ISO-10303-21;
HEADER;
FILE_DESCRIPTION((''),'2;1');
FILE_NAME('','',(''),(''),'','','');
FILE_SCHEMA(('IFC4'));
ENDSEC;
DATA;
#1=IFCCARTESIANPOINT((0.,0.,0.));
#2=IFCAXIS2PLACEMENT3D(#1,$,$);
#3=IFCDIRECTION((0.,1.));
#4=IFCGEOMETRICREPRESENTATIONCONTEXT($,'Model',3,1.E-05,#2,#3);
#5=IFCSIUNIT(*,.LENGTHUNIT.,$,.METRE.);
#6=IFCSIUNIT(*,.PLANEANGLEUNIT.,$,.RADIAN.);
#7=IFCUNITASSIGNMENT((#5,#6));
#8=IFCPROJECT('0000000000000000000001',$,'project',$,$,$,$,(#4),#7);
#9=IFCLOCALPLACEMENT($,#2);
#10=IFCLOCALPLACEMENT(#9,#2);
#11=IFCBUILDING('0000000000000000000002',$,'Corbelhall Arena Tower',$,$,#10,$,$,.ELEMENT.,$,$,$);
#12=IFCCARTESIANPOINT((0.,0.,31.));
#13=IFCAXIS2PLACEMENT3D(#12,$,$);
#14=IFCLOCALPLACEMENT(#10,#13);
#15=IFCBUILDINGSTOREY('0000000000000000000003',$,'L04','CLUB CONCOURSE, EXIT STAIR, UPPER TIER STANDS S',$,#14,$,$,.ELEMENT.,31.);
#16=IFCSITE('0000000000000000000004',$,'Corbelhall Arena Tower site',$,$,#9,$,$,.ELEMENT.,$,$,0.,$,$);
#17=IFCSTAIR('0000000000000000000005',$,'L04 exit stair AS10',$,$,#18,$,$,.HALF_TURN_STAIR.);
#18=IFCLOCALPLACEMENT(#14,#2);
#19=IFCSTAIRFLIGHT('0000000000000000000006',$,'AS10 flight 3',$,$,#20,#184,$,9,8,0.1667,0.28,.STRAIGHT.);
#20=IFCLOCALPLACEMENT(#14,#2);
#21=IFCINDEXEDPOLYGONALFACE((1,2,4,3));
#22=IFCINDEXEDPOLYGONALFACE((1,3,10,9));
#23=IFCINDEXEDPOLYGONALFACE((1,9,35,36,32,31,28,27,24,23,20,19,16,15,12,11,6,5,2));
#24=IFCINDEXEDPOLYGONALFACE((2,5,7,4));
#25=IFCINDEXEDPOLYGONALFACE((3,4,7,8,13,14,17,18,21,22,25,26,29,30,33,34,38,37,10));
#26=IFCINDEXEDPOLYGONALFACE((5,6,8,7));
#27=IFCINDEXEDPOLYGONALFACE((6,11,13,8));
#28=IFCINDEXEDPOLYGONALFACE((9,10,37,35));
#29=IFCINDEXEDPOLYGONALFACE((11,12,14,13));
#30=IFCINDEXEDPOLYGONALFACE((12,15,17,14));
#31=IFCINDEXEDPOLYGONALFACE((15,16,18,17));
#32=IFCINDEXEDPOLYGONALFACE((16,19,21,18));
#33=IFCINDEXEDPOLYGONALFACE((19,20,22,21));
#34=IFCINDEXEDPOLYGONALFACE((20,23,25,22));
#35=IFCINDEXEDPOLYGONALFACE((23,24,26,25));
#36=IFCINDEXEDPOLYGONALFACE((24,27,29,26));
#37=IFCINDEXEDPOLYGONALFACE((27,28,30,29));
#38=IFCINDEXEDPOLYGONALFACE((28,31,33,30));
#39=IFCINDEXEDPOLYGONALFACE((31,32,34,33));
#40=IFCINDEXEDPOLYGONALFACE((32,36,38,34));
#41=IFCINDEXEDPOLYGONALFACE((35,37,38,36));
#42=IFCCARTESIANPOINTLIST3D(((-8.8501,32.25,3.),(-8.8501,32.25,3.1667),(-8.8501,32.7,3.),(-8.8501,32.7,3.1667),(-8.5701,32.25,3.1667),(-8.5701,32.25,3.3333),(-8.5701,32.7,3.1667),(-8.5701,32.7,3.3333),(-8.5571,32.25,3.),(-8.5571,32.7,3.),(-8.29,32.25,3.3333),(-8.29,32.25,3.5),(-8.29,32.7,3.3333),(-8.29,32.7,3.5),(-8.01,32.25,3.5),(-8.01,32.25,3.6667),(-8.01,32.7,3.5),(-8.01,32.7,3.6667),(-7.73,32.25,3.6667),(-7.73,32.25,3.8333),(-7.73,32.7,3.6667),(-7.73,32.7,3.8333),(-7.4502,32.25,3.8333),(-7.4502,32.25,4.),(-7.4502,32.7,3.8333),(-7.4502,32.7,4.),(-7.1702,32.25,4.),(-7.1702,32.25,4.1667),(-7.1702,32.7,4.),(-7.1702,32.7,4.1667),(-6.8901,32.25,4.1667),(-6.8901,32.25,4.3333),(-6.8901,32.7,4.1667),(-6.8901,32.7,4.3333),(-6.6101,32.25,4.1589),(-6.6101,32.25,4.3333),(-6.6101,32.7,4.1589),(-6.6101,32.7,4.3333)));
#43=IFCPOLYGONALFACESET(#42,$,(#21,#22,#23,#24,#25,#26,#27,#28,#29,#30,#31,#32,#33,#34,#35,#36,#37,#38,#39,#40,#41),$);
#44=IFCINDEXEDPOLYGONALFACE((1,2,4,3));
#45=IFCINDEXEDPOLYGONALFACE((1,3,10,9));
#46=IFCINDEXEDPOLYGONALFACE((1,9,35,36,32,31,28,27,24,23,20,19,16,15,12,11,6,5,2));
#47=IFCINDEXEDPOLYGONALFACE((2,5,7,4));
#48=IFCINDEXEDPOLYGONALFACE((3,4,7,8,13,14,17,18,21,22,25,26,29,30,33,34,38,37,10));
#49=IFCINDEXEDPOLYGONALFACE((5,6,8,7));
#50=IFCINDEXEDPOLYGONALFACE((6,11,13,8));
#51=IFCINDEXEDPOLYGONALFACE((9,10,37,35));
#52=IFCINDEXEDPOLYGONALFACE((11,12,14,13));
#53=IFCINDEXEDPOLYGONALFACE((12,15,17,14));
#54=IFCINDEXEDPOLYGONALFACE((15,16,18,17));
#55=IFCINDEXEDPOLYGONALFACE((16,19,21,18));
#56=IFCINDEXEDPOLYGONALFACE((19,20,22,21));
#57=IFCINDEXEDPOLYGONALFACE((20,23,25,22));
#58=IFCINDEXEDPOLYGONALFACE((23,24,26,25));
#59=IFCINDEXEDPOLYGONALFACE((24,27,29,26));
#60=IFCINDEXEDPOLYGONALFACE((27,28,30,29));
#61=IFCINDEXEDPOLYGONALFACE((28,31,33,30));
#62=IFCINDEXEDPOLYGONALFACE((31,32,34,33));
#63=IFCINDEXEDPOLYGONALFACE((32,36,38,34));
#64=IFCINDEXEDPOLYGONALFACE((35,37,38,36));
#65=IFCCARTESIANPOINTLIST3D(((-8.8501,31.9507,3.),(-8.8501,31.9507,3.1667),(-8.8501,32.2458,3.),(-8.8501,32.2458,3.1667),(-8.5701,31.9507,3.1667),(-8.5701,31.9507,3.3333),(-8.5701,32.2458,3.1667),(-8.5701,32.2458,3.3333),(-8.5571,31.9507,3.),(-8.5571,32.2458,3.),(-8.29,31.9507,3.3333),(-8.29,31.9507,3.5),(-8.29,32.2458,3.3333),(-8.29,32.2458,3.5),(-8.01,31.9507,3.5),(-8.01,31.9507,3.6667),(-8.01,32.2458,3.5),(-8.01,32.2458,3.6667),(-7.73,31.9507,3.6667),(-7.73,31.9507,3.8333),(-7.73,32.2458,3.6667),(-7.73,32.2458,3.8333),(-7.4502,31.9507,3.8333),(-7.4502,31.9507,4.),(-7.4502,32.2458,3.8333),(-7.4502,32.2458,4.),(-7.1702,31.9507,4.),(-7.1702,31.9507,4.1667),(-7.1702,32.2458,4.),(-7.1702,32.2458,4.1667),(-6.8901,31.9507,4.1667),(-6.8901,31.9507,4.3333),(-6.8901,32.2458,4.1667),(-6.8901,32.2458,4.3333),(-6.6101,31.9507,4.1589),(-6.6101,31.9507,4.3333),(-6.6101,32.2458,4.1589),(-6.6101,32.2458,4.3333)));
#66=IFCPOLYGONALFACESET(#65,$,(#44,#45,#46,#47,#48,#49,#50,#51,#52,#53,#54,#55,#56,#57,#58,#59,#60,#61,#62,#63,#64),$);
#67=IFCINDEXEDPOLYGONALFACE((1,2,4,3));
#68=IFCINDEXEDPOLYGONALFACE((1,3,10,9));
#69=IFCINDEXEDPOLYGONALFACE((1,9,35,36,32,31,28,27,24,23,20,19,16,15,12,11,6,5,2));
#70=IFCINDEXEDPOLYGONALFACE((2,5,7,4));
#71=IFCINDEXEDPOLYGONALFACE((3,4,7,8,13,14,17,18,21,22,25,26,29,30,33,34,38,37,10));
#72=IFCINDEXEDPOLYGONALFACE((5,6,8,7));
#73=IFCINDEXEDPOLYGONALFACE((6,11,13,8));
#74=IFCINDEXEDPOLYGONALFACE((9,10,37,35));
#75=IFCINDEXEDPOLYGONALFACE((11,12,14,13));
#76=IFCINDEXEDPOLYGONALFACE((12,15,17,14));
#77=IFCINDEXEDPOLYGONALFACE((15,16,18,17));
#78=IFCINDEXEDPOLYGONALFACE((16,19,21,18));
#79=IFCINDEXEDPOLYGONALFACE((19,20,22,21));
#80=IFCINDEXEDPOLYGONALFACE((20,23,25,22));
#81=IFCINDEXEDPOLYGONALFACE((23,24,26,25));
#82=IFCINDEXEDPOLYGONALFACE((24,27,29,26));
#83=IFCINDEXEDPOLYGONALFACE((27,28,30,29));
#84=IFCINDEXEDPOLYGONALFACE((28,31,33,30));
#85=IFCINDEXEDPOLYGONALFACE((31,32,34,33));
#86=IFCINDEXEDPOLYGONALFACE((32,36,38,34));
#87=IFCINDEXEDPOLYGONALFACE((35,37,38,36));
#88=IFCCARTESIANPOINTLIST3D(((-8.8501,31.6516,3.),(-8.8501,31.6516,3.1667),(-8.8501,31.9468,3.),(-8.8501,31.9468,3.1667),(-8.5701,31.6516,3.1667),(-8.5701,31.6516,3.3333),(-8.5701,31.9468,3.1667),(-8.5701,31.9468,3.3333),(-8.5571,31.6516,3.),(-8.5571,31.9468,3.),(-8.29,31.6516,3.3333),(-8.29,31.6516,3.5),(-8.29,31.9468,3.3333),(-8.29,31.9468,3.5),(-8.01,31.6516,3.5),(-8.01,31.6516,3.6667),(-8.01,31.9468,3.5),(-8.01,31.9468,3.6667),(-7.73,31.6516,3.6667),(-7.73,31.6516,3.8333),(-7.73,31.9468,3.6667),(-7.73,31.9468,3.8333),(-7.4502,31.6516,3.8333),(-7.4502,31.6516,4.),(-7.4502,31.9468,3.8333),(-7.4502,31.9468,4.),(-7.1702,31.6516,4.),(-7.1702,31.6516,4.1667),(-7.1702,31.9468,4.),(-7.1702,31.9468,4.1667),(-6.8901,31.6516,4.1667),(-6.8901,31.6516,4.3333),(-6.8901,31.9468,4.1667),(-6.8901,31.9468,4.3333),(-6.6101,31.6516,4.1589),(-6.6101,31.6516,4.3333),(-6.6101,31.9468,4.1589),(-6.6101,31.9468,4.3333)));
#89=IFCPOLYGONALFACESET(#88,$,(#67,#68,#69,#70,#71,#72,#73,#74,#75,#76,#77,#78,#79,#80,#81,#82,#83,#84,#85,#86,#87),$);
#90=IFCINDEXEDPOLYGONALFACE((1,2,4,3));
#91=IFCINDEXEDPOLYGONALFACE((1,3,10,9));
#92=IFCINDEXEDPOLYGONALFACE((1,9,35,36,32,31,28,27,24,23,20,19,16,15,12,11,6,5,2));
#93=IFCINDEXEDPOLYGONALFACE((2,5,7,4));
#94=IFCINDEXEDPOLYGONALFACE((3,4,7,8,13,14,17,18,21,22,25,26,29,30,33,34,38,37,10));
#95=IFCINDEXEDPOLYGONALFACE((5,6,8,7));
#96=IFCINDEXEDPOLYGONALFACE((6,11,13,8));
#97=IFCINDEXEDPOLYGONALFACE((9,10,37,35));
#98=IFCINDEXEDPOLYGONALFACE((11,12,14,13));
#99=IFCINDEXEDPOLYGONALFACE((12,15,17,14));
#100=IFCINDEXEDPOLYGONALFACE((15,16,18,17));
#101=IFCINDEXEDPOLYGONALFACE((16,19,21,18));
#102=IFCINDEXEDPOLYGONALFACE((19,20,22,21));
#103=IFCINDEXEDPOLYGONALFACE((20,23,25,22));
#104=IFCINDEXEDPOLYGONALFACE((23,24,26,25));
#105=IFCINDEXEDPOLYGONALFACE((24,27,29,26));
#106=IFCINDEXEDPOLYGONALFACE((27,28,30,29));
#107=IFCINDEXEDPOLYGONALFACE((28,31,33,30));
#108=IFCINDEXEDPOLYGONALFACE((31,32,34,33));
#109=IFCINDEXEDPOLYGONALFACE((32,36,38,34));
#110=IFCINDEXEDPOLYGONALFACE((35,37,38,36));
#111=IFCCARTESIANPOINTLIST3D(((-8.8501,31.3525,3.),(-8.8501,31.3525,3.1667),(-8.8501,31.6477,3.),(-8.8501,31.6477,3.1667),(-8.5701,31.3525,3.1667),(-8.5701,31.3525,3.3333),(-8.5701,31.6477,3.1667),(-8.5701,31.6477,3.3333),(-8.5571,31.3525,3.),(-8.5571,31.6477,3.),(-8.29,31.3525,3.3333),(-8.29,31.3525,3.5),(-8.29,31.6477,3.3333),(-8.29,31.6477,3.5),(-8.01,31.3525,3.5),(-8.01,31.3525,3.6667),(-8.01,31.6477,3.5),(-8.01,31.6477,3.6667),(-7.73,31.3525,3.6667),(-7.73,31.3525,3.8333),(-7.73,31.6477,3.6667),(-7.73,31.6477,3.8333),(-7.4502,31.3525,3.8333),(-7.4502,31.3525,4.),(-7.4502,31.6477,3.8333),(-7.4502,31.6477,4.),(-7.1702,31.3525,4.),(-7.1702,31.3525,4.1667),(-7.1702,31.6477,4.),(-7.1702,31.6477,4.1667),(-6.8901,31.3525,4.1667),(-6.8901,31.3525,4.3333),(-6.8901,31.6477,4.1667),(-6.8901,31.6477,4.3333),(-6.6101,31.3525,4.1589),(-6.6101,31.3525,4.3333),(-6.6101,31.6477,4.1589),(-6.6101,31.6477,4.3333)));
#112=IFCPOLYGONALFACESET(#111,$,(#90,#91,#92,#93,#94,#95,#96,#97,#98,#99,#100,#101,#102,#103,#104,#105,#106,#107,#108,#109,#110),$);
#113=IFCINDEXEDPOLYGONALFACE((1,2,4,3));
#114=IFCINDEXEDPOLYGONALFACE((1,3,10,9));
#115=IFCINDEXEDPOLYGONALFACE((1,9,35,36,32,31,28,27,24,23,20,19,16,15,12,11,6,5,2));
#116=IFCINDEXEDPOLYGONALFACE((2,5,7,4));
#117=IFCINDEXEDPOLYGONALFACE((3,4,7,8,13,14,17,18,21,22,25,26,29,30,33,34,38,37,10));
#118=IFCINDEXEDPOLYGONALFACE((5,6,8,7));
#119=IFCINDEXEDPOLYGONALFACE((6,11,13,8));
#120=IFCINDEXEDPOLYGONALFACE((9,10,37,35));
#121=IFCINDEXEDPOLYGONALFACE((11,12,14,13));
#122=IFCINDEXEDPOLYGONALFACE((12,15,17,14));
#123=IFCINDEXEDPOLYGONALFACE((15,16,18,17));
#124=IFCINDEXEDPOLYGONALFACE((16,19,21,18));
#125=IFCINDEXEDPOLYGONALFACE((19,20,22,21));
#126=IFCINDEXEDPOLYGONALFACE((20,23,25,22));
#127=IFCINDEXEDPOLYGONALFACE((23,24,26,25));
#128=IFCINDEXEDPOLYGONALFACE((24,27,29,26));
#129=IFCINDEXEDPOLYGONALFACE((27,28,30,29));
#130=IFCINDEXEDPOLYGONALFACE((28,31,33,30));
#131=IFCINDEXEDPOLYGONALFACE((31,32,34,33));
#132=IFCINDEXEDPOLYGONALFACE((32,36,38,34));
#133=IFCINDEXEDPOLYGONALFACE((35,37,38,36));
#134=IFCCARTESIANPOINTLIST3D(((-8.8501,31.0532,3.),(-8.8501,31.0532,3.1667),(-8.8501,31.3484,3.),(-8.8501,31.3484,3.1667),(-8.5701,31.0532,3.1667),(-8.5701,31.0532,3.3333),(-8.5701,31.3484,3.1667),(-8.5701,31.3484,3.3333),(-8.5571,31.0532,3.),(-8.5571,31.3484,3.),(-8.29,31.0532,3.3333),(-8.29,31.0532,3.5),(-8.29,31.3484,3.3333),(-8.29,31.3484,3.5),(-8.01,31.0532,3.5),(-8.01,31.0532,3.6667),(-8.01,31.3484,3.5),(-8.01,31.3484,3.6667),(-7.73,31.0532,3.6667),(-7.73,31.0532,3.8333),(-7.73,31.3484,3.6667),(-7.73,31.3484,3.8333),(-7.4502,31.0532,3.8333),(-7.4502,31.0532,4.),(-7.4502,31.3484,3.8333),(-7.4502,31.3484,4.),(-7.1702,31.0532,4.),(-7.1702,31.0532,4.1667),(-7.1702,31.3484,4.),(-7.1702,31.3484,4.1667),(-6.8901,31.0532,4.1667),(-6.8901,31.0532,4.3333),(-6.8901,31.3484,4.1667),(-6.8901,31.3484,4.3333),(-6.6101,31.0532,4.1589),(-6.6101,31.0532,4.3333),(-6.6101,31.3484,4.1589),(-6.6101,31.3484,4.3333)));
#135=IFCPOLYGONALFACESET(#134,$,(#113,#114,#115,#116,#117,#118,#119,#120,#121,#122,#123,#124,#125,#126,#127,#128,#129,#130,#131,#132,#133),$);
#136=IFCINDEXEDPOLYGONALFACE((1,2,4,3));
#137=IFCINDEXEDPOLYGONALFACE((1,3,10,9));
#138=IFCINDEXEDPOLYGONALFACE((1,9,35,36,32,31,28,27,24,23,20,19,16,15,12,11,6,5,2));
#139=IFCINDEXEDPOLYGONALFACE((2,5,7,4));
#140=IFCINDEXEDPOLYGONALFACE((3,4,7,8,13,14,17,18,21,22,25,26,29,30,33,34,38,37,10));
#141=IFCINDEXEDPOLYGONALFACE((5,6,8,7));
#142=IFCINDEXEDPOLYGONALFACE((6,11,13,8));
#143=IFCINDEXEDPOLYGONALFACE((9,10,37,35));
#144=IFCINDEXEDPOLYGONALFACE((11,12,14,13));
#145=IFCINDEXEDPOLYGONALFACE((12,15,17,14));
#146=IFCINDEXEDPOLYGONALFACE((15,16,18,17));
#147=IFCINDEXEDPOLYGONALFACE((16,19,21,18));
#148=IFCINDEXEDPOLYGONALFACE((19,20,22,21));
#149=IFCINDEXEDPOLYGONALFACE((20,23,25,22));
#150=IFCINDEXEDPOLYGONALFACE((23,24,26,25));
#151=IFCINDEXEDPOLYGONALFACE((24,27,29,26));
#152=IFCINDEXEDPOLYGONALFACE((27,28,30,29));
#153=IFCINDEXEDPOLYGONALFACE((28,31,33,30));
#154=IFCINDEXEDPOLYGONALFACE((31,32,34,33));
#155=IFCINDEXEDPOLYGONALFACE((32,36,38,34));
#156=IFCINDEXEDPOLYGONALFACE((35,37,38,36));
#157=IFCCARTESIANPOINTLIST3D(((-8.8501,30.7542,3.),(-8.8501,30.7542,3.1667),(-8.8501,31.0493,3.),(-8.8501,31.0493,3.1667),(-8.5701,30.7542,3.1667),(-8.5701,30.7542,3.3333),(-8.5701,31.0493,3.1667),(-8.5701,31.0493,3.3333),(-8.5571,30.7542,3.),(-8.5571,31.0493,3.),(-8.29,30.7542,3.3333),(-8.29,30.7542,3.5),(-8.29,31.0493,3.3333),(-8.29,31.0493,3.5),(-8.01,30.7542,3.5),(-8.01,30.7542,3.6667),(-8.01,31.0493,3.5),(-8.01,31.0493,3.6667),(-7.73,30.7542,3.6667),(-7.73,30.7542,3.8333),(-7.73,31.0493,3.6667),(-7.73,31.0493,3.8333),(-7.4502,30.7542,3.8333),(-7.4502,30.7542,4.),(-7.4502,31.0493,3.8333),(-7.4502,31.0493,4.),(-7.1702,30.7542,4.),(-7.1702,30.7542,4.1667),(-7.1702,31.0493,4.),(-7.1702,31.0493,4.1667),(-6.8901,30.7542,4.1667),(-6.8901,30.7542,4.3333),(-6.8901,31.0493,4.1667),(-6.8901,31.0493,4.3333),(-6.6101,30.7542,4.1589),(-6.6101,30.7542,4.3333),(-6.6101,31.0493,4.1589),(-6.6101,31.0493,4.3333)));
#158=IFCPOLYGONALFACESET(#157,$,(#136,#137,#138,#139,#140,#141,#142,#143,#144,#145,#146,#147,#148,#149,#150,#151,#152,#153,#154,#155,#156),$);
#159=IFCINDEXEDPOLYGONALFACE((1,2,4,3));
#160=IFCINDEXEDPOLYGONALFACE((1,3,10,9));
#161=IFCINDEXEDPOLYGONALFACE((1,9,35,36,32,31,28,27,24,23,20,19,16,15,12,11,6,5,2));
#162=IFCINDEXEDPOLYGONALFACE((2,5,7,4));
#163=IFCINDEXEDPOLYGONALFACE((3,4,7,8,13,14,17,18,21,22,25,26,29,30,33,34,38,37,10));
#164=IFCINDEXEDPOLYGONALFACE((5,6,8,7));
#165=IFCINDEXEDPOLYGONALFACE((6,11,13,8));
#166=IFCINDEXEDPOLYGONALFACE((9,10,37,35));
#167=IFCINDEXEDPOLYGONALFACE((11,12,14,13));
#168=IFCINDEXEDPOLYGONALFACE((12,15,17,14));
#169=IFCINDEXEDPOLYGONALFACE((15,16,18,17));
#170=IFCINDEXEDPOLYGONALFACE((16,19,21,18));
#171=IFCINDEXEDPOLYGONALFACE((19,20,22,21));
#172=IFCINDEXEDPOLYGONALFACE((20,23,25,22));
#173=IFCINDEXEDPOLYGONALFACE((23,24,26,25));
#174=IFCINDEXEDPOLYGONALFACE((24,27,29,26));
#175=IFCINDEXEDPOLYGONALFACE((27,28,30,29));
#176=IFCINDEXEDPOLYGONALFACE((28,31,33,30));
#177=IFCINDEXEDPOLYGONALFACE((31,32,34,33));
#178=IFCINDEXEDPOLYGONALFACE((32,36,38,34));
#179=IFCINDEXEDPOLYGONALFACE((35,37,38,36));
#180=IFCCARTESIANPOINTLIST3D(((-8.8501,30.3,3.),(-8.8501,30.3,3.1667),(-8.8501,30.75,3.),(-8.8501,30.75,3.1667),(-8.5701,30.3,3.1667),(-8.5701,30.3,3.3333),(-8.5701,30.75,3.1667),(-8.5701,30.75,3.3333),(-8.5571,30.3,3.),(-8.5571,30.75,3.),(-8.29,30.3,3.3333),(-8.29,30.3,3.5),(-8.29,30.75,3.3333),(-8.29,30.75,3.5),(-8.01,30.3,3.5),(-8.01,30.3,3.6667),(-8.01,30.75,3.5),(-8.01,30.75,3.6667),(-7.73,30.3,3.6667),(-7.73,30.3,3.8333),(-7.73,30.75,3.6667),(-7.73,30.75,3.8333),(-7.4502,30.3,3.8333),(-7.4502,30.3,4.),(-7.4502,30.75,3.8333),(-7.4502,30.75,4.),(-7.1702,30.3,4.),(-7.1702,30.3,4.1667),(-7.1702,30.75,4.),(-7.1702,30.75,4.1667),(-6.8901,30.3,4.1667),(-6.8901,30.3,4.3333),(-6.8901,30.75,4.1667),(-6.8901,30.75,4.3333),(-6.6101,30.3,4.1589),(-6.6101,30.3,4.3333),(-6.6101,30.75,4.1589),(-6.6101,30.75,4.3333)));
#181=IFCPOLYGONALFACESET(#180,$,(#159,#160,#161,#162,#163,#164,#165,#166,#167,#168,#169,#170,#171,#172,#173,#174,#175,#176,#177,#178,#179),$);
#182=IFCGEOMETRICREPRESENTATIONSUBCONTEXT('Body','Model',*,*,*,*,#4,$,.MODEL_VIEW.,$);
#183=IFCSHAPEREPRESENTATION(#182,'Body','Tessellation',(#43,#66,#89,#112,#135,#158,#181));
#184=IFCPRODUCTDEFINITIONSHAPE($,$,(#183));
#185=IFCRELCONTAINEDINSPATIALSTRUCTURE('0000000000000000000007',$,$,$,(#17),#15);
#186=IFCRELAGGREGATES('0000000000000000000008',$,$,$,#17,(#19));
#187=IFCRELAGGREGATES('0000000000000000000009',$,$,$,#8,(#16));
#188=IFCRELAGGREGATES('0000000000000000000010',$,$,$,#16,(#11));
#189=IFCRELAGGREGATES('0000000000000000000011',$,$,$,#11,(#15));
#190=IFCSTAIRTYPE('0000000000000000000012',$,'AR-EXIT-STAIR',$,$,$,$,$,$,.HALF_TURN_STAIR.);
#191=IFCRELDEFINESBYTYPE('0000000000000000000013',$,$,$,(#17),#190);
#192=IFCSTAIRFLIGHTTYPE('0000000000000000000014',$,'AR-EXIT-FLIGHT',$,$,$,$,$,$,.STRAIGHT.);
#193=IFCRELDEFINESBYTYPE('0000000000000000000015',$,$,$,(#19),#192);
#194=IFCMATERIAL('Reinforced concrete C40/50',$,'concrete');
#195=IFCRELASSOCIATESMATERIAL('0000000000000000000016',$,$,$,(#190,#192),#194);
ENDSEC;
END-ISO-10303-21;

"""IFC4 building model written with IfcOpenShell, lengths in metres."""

from ifc_helpers import new_model, si_unit, direction, frame, origin, place, context, subcontext, project, spatial, polyline, outline, extrude, material, type_object, element, aggregate, save


model = new_model("IFC4")

# Units and contexts
model_context = context("Model", 3, precision=1e-05, world=origin(), true_north=direction((0.0, 1.0)))
body_context = subcontext(model_context, "Body", "Model", "MODEL_VIEW")
ifc_project = project(units=[si_unit("LENGTHUNIT", "METRE"), si_unit("PLANEANGLEUNIT", "RADIAN")], contexts=[model_context])

# Site, building, storey
site_placement = place(None, origin())
site = spatial("IfcSite", under=ifc_project, at=site_placement, Name="Corbelhall Arena Tower site", CompositionType="ELEMENT", RefElevation=0.0)
building_placement = place(site_placement, origin())
building = spatial("IfcBuilding", under=site, at=building_placement, Name="Corbelhall Arena Tower", CompositionType="ELEMENT")
storey_placement = place(building_placement, frame((0.0, 0.0, 31.0)))
storey = spatial("IfcBuildingStorey", under=building, at=storey_placement, Name="L04", Description="CLUB CONCOURSE, EXIT STAIR, UPPER TIER STANDS S", CompositionType="ELEMENT", Elevation=31.0)

# Shared definitions
ifc_material_1 = material(Name="Reinforced concrete C40/50", Category="concrete")

# Stair, stair flight
stair_type = type_object("IfcStairType", Name="AR-EXIT-STAIR", PredefinedType="HALF_TURN_STAIR", material=ifc_material_1)
stair_flight_type = type_object("IfcStairFlightType", Name="AR-EXIT-FLIGHT", PredefinedType="STRAIGHT", material=ifc_material_1)
stair_1_placement = place(storey_placement, origin())
stair_1 = element("IfcStair", 1, at=stair_1_placement, inside=storey, type_object=stair_type, Name="L04 exit stair AS10", PredefinedType="HALF_TURN_STAIR")
stair_flight_1_placement = place(storey_placement, frame((-8.8501, 31.5, 3.0), z_axis=(0.0, 0.0, 1.0), x_axis=(1.0, 0.0, 0.0)))
stair_flight_1 = element("IfcStairFlight", 2, at=stair_flight_1_placement, type_object=stair_flight_type, Name="AS10 flight 3", NumberOfRisers=9, NumberOfTreads=8, PredefinedType="STRAIGHT", RiserHeight=0.1667, TreadLength=0.28, context=body_context, shape_type="SweptSolid", body=[
    extrude(outline(polyline([(0.0, 0.0), (0.0, 0.1667), (0.28, 0.1667), (0.28, 0.3333), (0.5601, 0.3333), (0.5601, 0.5), (0.8401, 0.5), (0.8401, 0.6667), (1.1201, 0.6667), (1.1201, 0.8333), (1.3999, 0.8333), (1.3999, 1.0), (1.6799, 1.0), (1.6799, 1.1667), (1.96, 1.1667), (1.96, 1.3333), (2.24, 1.3333), (2.24, 1.5), (2.24, 1.1589), (0.293, 0.0), (0.0, 0.0)])), frame((0.0, 1.2, 0.0), z_axis=(0.0, -1.0, 0.0), x_axis=(1.0, 0.0, 0.0)), (0.0, 0.0, 1.0), 0.45),
    extrude(outline(polyline([(0.0, 0.0), (0.0, 0.1667), (0.28, 0.1667), (0.28, 0.3333), (0.5601, 0.3333), (0.5601, 0.5), (0.8401, 0.5), (0.8401, 0.6667), (1.1201, 0.6667), (1.1201, 0.8333), (1.3999, 0.8333), (1.3999, 1.0), (1.6799, 1.0), (1.6799, 1.1667), (1.96, 1.1667), (1.96, 1.3333), (2.24, 1.3333), (2.24, 1.5), (2.24, 1.1589), (0.293, 0.0), (0.0, 0.0)])), frame((0.0, 0.7458, 0.0), z_axis=(0.0, -1.0, 0.0), x_axis=(1.0, 0.0, 0.0)), (0.0, 0.0, 1.0), 0.2952),
    extrude(outline(polyline([(0.0, 0.0), (0.0, 0.1667), (0.28, 0.1667), (0.28, 0.3333), (0.5601, 0.3333), (0.5601, 0.5), (0.8401, 0.5), (0.8401, 0.6667), (1.1201, 0.6667), (1.1201, 0.8333), (1.3999, 0.8333), (1.3999, 1.0), (1.6799, 1.0), (1.6799, 1.1667), (1.96, 1.1667), (1.96, 1.3333), (2.24, 1.3333), (2.24, 1.5), (2.24, 1.1589), (0.293, 0.0), (0.0, 0.0)])), frame((0.0, 0.4468, 0.0), z_axis=(0.0, -1.0, 0.0), x_axis=(1.0, 0.0, 0.0)), (0.0, 0.0, 1.0), 0.2952),
    extrude(outline(polyline([(0.0, 0.0), (0.0, 0.1667), (0.28, 0.1667), (0.28, 0.3333), (0.5601, 0.3333), (0.5601, 0.5), (0.8401, 0.5), (0.8401, 0.6667), (1.1201, 0.6667), (1.1201, 0.8333), (1.3999, 0.8333), (1.3999, 1.0), (1.6799, 1.0), (1.6799, 1.1667), (1.96, 1.1667), (1.96, 1.3333), (2.24, 1.3333), (2.24, 1.5), (2.24, 1.1589), (0.293, 0.0), (0.0, 0.0)])), frame((0.0, 0.1477, 0.0), z_axis=(0.0, -1.0, 0.0), x_axis=(1.0, 0.0, 0.0)), (0.0, 0.0, 1.0), 0.2952),
    extrude(outline(polyline([(0.0, 0.0), (0.0, 0.1667), (0.28, 0.1667), (0.28, 0.3333), (0.5601, 0.3333), (0.5601, 0.5), (0.8401, 0.5), (0.8401, 0.6667), (1.1201, 0.6667), (1.1201, 0.8333), (1.3999, 0.8333), (1.3999, 1.0), (1.6799, 1.0), (1.6799, 1.1667), (1.96, 1.1667), (1.96, 1.3333), (2.24, 1.3333), (2.24, 1.5), (2.24, 1.1589), (0.293, 0.0), (0.0, 0.0)])), frame((0.0, -0.1516, 0.0), z_axis=(0.0, -1.0, 0.0), x_axis=(1.0, 0.0, 0.0)), (0.0, 0.0, 1.0), 0.2952),
    extrude(outline(polyline([(0.0, 0.0), (0.0, 0.1667), (0.28, 0.1667), (0.28, 0.3333), (0.5601, 0.3333), (0.5601, 0.5), (0.8401, 0.5), (0.8401, 0.6667), (1.1201, 0.6667), (1.1201, 0.8333), (1.3999, 0.8333), (1.3999, 1.0), (1.6799, 1.0), (1.6799, 1.1667), (1.96, 1.1667), (1.96, 1.3333), (2.24, 1.3333), (2.24, 1.5), (2.24, 1.1589), (0.293, 0.0), (0.0, 0.0)])), frame((0.0, -0.4507, 0.0), z_axis=(0.0, -1.0, 0.0), x_axis=(1.0, 0.0, 0.0)), (0.0, 0.0, 1.0), 0.2952),
    extrude(outline(polyline([(0.0, 0.0), (0.0, 0.1667), (0.28, 0.1667), (0.28, 0.3333), (0.5601, 0.3333), (0.5601, 0.5), (0.8401, 0.5), (0.8401, 0.6667), (1.1201, 0.6667), (1.1201, 0.8333), (1.3999, 0.8333), (1.3999, 1.0), (1.6799, 1.0), (1.6799, 1.1667), (1.96, 1.1667), (1.96, 1.3333), (2.24, 1.3333), (2.24, 1.5), (2.24, 1.1589), (0.293, 0.0), (0.0, 0.0)])), frame((0.0, -0.75, 0.0), z_axis=(0.0, -1.0, 0.0), x_axis=(1.0, 0.0, 0.0)), (0.0, 0.0, 1.0), 0.45),
])
aggregate(stair_1, [stair_flight_1])

save(model, "model.ifc")
